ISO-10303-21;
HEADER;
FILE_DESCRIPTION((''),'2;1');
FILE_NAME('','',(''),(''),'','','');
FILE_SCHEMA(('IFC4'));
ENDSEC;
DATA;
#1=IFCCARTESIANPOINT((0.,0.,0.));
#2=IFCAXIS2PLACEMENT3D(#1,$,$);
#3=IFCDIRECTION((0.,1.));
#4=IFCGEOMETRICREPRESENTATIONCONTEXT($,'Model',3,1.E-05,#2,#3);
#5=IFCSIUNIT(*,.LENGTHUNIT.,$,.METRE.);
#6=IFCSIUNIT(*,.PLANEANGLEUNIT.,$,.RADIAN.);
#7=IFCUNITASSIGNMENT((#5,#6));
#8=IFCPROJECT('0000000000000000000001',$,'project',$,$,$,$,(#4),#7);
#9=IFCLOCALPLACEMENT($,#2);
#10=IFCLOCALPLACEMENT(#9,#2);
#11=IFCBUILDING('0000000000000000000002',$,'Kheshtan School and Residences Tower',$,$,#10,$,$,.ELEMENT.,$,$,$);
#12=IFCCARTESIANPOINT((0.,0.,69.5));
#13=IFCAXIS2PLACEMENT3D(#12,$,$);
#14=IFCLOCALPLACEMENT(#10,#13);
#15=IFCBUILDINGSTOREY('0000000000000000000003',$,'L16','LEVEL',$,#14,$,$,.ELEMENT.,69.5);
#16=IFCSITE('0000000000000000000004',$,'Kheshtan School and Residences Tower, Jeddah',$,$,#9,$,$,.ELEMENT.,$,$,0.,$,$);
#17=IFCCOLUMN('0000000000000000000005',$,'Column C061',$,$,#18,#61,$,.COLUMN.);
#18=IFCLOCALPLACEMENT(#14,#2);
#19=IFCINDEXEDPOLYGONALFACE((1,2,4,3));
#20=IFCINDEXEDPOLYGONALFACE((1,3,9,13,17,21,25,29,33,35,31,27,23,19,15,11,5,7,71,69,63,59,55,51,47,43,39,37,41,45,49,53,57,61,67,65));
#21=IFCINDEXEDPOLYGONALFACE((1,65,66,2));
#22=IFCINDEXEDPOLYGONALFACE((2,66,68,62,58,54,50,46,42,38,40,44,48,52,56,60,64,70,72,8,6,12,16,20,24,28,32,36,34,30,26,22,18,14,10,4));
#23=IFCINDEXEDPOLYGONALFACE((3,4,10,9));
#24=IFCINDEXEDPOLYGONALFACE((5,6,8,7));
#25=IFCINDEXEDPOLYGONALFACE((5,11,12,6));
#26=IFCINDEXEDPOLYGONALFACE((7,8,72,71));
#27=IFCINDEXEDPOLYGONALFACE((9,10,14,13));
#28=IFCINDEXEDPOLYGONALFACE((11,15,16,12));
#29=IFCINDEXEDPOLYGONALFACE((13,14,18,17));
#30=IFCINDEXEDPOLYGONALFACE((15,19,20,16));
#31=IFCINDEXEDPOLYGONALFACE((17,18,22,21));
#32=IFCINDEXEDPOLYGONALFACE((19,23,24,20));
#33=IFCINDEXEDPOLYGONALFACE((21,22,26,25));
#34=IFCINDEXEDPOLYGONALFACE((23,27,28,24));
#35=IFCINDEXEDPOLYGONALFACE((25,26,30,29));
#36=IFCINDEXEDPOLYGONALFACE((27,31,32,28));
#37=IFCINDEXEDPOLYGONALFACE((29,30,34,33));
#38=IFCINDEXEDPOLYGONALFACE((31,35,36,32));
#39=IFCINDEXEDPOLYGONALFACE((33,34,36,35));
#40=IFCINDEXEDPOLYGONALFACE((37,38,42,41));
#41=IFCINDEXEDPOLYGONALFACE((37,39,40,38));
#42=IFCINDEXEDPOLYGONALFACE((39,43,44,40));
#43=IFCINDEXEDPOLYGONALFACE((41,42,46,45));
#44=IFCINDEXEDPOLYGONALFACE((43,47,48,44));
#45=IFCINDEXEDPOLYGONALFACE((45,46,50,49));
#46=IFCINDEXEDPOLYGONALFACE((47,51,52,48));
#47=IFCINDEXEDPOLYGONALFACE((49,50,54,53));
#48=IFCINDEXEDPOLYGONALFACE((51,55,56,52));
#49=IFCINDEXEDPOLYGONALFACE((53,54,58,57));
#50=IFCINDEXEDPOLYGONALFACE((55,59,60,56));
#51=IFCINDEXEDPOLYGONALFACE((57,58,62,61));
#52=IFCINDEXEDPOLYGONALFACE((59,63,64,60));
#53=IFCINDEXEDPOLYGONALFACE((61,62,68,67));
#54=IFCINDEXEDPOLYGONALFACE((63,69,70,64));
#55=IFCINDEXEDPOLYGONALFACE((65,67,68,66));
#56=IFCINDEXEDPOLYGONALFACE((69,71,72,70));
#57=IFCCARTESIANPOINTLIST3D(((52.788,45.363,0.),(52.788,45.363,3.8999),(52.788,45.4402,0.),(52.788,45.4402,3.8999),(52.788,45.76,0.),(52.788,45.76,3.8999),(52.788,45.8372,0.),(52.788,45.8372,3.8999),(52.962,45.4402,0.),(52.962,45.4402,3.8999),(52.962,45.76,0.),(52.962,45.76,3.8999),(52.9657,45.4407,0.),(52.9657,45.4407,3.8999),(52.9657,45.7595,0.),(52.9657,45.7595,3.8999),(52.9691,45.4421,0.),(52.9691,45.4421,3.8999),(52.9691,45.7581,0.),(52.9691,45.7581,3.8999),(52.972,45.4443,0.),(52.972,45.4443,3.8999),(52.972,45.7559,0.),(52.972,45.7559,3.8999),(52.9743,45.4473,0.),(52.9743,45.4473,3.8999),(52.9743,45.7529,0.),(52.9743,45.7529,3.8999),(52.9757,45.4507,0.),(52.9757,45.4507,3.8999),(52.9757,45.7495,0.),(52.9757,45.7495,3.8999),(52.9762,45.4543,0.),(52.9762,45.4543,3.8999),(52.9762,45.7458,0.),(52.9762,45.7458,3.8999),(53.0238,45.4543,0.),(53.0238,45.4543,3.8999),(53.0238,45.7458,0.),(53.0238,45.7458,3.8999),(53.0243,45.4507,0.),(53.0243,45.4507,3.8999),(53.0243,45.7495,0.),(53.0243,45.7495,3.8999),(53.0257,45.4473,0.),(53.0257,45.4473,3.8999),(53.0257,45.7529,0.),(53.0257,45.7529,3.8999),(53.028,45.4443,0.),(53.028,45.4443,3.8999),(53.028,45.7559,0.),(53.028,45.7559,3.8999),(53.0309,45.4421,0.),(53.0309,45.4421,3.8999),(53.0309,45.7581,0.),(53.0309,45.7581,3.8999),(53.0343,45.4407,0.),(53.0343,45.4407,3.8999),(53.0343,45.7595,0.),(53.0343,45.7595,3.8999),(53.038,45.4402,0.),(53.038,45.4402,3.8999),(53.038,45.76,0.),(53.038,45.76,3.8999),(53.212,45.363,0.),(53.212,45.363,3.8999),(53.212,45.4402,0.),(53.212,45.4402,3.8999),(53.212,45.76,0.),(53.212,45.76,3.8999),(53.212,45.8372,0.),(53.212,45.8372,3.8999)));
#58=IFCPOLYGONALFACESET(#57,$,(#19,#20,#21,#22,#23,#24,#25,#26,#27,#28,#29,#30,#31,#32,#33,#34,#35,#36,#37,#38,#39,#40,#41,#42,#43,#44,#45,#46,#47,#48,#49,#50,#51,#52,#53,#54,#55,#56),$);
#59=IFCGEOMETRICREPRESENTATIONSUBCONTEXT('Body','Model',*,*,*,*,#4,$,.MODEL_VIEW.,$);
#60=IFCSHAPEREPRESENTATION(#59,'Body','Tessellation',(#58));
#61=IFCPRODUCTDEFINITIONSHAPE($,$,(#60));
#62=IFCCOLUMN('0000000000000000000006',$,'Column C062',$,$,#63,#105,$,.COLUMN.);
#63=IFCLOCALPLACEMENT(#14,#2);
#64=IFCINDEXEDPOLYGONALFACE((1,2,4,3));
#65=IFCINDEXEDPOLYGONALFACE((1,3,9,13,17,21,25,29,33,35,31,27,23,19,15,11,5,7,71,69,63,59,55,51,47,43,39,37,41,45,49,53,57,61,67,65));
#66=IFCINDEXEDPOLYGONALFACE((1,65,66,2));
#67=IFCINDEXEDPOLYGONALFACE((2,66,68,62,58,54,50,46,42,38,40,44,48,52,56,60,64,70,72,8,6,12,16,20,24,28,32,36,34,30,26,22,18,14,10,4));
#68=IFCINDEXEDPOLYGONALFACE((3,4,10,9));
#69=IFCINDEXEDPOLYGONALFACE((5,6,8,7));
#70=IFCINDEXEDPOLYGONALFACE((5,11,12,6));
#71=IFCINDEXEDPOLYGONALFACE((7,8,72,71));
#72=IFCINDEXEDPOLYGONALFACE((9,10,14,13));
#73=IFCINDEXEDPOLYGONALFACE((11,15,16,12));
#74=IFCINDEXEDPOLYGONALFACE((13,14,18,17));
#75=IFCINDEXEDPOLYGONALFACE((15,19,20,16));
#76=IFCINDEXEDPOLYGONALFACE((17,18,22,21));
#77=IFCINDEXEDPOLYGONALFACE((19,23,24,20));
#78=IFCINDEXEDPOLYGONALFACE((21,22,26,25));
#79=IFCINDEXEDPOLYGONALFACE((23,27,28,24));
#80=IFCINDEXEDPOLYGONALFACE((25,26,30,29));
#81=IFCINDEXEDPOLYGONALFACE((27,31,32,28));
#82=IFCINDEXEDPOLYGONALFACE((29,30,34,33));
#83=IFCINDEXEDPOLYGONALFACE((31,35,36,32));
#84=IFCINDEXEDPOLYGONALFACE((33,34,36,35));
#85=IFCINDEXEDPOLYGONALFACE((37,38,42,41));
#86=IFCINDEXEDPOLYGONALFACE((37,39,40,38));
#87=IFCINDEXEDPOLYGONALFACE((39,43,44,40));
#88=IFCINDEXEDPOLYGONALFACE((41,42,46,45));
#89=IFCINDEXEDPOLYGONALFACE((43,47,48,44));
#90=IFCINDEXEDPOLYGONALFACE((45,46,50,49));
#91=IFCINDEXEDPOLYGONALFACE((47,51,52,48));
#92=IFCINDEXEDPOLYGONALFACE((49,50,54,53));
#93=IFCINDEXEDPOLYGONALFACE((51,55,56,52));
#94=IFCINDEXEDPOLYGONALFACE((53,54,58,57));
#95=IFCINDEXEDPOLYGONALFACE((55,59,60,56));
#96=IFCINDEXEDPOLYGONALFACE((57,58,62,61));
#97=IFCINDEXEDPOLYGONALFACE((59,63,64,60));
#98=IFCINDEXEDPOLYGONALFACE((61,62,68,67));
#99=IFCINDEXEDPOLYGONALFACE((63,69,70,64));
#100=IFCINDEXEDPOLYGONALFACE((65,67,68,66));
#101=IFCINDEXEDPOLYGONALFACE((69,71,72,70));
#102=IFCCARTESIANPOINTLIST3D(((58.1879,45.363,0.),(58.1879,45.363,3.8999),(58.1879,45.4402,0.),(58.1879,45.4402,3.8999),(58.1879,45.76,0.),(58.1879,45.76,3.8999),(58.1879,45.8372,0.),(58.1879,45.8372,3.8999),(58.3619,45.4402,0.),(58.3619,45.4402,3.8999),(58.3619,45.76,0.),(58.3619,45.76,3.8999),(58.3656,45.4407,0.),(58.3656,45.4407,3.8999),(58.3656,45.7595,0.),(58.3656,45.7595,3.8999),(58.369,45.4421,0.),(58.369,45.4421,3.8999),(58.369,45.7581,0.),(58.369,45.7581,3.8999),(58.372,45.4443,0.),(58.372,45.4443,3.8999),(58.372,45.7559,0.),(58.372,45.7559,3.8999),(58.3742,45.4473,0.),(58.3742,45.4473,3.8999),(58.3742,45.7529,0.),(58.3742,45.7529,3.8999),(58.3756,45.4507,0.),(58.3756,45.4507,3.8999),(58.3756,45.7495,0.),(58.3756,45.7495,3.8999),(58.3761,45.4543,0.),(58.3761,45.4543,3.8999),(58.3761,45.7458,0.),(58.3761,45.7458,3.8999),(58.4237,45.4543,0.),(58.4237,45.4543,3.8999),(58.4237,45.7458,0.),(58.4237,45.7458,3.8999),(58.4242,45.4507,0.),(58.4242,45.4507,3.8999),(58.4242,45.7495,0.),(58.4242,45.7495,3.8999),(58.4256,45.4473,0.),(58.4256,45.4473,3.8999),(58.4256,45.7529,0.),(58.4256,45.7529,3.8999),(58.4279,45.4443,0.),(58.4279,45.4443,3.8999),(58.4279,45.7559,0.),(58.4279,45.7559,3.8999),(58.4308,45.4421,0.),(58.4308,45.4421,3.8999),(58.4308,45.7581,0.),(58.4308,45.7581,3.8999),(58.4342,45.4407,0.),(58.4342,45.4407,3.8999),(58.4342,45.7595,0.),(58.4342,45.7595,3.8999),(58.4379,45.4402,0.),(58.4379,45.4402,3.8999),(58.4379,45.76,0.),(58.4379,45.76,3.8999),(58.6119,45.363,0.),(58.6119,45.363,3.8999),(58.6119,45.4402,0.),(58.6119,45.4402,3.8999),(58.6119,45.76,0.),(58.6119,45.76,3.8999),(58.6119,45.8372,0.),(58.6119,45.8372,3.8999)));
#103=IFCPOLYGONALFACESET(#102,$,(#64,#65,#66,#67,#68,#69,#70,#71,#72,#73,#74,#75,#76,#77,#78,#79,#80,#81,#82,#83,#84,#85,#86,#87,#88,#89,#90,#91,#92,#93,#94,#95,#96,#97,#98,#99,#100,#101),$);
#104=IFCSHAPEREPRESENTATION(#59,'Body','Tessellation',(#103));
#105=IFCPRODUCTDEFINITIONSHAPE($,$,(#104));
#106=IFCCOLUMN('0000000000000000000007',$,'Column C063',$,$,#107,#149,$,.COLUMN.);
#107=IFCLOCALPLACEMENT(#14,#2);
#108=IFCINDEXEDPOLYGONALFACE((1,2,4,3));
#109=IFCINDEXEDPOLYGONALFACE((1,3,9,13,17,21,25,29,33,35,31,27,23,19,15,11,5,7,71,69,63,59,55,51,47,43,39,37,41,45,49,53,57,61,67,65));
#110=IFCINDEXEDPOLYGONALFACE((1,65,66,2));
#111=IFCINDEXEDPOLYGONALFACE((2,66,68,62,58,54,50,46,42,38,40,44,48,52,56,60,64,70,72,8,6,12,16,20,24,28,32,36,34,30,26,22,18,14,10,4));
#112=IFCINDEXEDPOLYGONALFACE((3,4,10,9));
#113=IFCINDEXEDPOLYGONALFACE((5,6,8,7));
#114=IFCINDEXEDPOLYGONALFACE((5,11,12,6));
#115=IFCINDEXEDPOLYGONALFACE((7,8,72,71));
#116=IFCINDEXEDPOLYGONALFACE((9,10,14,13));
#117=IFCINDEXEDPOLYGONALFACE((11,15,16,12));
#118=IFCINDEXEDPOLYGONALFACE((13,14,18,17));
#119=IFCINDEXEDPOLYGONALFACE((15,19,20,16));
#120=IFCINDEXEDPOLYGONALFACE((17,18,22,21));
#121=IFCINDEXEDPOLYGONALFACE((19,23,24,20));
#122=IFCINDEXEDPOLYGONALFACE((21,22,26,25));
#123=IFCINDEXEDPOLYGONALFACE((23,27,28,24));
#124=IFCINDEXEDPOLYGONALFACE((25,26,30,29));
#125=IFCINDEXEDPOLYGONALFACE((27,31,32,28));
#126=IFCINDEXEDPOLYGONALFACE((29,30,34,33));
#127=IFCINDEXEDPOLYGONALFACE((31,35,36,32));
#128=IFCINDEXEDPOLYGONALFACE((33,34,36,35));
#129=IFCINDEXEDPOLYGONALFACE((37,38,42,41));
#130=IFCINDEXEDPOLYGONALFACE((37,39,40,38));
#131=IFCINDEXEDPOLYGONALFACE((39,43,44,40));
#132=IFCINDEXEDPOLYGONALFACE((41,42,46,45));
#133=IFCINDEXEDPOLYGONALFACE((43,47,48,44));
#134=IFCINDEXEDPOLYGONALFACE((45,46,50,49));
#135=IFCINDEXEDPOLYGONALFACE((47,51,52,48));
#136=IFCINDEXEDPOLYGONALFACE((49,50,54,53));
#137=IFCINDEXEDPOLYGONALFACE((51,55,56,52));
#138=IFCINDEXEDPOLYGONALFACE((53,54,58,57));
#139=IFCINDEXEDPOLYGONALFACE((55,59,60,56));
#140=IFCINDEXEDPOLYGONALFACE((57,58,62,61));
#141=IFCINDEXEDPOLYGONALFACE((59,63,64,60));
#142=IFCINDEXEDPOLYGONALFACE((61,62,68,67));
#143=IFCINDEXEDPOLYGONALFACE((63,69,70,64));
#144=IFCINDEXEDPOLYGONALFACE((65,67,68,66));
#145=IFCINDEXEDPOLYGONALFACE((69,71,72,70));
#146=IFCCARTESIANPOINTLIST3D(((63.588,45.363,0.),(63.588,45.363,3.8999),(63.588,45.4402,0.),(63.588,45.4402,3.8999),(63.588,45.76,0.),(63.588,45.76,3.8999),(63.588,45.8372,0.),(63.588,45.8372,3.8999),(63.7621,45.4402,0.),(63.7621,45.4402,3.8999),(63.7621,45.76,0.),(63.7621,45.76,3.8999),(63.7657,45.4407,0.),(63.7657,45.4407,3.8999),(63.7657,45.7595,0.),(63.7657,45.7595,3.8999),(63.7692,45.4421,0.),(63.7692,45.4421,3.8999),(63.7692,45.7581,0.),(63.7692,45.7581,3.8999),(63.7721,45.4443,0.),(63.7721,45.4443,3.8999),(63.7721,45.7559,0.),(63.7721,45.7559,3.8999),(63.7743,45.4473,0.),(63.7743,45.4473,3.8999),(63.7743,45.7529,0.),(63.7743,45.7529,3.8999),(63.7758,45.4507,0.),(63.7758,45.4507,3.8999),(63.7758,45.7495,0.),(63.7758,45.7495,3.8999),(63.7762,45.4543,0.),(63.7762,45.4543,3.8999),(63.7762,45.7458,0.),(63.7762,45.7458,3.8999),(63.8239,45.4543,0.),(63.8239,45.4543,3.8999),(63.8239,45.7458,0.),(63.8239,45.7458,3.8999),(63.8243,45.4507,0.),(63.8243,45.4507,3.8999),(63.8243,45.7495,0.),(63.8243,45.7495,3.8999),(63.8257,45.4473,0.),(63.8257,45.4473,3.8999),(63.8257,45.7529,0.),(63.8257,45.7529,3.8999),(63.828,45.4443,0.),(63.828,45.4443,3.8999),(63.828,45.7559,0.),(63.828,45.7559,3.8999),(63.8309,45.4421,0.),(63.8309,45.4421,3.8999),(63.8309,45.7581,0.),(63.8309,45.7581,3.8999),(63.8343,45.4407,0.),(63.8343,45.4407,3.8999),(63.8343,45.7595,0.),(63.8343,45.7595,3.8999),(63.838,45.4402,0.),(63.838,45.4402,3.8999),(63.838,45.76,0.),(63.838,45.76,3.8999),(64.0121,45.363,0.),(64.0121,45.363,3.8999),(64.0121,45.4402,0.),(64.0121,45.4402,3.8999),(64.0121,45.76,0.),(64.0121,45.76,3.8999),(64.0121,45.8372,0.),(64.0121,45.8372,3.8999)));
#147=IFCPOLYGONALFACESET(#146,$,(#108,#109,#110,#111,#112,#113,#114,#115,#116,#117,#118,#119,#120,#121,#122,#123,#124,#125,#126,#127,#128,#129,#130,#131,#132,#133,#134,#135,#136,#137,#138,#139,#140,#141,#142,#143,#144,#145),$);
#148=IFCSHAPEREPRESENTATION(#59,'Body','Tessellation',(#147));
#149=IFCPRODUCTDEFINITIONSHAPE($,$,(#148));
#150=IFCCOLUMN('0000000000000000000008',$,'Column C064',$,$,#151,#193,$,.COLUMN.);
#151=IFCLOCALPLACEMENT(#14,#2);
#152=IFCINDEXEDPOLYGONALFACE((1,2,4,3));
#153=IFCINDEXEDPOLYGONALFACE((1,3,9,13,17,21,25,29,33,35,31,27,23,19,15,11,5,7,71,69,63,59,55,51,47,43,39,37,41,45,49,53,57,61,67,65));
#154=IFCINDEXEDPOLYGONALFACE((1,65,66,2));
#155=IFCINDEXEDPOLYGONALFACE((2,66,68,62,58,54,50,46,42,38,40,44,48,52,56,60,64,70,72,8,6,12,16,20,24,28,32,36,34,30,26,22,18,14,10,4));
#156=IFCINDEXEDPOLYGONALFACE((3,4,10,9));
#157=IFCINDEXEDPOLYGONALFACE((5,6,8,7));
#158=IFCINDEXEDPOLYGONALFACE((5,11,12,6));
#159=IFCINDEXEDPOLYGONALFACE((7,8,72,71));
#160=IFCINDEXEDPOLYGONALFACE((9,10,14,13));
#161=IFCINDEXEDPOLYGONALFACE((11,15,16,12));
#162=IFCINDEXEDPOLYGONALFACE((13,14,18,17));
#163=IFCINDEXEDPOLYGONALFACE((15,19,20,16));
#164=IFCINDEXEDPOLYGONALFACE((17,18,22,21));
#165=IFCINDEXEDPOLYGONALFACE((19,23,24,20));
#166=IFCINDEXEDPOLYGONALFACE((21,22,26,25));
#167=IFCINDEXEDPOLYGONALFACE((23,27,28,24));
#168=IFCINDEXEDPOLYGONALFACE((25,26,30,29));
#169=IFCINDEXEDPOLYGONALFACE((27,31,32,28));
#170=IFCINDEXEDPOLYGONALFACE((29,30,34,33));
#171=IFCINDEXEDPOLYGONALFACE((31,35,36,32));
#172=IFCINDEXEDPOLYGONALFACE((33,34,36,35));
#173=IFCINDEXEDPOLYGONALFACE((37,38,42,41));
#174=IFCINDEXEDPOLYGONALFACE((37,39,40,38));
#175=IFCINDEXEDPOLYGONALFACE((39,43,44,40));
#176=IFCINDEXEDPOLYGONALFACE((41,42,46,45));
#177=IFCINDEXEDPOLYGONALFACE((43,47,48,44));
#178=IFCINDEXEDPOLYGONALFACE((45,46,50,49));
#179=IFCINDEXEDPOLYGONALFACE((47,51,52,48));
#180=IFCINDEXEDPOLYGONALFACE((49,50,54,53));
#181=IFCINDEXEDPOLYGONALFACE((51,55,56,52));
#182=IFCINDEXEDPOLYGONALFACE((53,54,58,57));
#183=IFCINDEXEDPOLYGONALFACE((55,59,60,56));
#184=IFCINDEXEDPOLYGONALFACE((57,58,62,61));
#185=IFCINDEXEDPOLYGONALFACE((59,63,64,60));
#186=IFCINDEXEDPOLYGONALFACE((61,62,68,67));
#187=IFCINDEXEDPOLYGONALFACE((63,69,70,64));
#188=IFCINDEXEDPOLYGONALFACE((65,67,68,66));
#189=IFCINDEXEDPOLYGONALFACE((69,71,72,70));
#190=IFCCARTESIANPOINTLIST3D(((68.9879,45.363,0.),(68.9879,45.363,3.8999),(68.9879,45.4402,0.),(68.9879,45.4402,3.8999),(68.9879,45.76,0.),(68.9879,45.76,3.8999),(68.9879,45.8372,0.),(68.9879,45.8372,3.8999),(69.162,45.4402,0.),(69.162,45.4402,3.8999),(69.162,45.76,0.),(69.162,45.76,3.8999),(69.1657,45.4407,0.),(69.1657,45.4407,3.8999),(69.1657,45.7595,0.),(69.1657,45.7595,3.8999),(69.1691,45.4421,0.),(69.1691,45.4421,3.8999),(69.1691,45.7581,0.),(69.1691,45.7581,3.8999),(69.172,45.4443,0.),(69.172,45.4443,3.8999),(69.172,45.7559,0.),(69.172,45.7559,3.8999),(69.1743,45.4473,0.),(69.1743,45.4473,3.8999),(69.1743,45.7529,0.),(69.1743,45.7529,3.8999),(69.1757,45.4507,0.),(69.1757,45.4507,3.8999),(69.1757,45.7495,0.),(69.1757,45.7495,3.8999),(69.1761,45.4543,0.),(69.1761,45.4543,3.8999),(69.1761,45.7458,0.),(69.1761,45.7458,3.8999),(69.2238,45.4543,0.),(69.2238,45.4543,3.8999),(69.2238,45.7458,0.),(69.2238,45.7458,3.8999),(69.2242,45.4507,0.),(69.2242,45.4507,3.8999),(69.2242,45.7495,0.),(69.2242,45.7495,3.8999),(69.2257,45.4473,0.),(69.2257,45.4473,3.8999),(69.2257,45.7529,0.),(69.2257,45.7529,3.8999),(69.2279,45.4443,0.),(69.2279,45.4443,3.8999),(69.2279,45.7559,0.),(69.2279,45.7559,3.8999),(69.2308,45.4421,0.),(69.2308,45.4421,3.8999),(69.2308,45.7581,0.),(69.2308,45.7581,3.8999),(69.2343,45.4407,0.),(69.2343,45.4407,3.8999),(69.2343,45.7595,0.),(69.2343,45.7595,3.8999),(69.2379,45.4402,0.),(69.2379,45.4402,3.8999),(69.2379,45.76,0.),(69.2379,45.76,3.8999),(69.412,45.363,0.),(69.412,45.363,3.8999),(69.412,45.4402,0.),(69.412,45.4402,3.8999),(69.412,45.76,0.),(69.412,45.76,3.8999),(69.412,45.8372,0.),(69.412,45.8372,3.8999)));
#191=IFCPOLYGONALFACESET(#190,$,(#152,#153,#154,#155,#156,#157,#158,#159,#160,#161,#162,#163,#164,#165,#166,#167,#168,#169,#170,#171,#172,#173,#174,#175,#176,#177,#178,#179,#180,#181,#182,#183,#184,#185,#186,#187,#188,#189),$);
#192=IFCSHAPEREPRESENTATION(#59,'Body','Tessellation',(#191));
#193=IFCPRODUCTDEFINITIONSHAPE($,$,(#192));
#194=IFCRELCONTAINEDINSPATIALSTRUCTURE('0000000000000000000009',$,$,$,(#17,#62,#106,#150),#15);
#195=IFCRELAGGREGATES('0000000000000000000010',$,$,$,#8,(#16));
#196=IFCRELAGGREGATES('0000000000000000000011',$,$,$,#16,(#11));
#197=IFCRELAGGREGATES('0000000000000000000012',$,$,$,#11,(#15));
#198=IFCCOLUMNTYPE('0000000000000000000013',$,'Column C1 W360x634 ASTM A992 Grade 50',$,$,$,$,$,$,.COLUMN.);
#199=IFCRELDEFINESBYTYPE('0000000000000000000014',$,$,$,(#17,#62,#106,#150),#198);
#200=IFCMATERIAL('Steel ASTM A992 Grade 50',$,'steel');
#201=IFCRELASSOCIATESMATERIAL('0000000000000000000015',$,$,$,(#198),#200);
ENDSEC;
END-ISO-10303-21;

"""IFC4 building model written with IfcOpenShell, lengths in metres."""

from ifc_helpers import new_model, si_unit, direction, frame, origin, origin_2d, place, context, subcontext, project, spatial, i_section, extrude, material, material_profile, profile_set, type_object, element, save


model = new_model("IFC4")

# Units and contexts
model_context = context("Model", 3, precision=1e-05, world=origin(), true_north=direction((0.0, 1.0)))
body_context = subcontext(model_context, "Body", "Model", "MODEL_VIEW")
ifc_project = project(units=[si_unit("LENGTHUNIT", "METRE"), si_unit("PLANEANGLEUNIT", "RADIAN")], contexts=[model_context])

# Site, building, storey
site_placement = place(None, origin())
site = spatial("IfcSite", under=ifc_project, at=site_placement, Name="Kheshtan School and Residences Tower, Jeddah", CompositionType="ELEMENT", RefElevation=0.0)
building_placement = place(site_placement, origin())
building = spatial("IfcBuilding", under=site, at=building_placement, Name="Kheshtan School and Residences Tower", CompositionType="ELEMENT")
storey_placement = place(building_placement, frame((0.0, 0.0, 69.5)))
storey = spatial("IfcBuildingStorey", under=building, at=storey_placement, Name="L16", Description="LEVEL", CompositionType="ELEMENT", Elevation=69.5)

# Columns
ifc_material_1 = material(Name="Steel ASTM A992 Grade 50", Category="steel")
ifc_material_profile_1 = material_profile(ifc_material_1, i_section(OverallWidth=0.4241, OverallDepth=0.4741, WebThickness=0.0476, FlangeThickness=0.0771, FilletRadius=0.0142, at=origin_2d()), Name="W360x634")
ifc_profile_set_1 = profile_set([ifc_material_profile_1], Name="Steel ASTM A992 Grade 50")
column_type = type_object("IfcColumnType", Name="Column C1 W360x634 ASTM A992 Grade 50", PredefinedType="COLUMN", material=ifc_profile_set_1)
for number, where, z_axis, x_axis, name in (
    (1, (53.0, 45.6001, 0.0), (0.0, 0.0, 1.0), (1.0, 0.0, 0.0), "Column C061"),
    (2, (58.3999, 45.6001, 0.0), (0.0, 0.0, 1.0), (1.0, 0.0, 0.0), "Column C062"),
    (3, (63.8, 45.6001, 0.0), (0.0, 0.0, 1.0), (1.0, 0.0, 0.0), "Column C063"),
    (4, (69.2, 45.6001, 0.0), (0.0, 0.0, 1.0), (1.0, 0.0, 0.0), "Column C064"),
):
    element("IfcColumn", number, at=place(storey_placement, frame(where, z_axis=z_axis, x_axis=x_axis)), inside=storey, type_object=column_type, Name=name, PredefinedType="COLUMN", context=body_context, shape_type="SweptSolid", body=[
        extrude(i_section(OverallWidth=0.4241, OverallDepth=0.4741, WebThickness=0.0476, FlangeThickness=0.0771, FilletRadius=0.0142, at=origin_2d()), origin(), (0.0, 0.0, 1.0), 3.8999),
    ])

save(model, "model.ifc")
